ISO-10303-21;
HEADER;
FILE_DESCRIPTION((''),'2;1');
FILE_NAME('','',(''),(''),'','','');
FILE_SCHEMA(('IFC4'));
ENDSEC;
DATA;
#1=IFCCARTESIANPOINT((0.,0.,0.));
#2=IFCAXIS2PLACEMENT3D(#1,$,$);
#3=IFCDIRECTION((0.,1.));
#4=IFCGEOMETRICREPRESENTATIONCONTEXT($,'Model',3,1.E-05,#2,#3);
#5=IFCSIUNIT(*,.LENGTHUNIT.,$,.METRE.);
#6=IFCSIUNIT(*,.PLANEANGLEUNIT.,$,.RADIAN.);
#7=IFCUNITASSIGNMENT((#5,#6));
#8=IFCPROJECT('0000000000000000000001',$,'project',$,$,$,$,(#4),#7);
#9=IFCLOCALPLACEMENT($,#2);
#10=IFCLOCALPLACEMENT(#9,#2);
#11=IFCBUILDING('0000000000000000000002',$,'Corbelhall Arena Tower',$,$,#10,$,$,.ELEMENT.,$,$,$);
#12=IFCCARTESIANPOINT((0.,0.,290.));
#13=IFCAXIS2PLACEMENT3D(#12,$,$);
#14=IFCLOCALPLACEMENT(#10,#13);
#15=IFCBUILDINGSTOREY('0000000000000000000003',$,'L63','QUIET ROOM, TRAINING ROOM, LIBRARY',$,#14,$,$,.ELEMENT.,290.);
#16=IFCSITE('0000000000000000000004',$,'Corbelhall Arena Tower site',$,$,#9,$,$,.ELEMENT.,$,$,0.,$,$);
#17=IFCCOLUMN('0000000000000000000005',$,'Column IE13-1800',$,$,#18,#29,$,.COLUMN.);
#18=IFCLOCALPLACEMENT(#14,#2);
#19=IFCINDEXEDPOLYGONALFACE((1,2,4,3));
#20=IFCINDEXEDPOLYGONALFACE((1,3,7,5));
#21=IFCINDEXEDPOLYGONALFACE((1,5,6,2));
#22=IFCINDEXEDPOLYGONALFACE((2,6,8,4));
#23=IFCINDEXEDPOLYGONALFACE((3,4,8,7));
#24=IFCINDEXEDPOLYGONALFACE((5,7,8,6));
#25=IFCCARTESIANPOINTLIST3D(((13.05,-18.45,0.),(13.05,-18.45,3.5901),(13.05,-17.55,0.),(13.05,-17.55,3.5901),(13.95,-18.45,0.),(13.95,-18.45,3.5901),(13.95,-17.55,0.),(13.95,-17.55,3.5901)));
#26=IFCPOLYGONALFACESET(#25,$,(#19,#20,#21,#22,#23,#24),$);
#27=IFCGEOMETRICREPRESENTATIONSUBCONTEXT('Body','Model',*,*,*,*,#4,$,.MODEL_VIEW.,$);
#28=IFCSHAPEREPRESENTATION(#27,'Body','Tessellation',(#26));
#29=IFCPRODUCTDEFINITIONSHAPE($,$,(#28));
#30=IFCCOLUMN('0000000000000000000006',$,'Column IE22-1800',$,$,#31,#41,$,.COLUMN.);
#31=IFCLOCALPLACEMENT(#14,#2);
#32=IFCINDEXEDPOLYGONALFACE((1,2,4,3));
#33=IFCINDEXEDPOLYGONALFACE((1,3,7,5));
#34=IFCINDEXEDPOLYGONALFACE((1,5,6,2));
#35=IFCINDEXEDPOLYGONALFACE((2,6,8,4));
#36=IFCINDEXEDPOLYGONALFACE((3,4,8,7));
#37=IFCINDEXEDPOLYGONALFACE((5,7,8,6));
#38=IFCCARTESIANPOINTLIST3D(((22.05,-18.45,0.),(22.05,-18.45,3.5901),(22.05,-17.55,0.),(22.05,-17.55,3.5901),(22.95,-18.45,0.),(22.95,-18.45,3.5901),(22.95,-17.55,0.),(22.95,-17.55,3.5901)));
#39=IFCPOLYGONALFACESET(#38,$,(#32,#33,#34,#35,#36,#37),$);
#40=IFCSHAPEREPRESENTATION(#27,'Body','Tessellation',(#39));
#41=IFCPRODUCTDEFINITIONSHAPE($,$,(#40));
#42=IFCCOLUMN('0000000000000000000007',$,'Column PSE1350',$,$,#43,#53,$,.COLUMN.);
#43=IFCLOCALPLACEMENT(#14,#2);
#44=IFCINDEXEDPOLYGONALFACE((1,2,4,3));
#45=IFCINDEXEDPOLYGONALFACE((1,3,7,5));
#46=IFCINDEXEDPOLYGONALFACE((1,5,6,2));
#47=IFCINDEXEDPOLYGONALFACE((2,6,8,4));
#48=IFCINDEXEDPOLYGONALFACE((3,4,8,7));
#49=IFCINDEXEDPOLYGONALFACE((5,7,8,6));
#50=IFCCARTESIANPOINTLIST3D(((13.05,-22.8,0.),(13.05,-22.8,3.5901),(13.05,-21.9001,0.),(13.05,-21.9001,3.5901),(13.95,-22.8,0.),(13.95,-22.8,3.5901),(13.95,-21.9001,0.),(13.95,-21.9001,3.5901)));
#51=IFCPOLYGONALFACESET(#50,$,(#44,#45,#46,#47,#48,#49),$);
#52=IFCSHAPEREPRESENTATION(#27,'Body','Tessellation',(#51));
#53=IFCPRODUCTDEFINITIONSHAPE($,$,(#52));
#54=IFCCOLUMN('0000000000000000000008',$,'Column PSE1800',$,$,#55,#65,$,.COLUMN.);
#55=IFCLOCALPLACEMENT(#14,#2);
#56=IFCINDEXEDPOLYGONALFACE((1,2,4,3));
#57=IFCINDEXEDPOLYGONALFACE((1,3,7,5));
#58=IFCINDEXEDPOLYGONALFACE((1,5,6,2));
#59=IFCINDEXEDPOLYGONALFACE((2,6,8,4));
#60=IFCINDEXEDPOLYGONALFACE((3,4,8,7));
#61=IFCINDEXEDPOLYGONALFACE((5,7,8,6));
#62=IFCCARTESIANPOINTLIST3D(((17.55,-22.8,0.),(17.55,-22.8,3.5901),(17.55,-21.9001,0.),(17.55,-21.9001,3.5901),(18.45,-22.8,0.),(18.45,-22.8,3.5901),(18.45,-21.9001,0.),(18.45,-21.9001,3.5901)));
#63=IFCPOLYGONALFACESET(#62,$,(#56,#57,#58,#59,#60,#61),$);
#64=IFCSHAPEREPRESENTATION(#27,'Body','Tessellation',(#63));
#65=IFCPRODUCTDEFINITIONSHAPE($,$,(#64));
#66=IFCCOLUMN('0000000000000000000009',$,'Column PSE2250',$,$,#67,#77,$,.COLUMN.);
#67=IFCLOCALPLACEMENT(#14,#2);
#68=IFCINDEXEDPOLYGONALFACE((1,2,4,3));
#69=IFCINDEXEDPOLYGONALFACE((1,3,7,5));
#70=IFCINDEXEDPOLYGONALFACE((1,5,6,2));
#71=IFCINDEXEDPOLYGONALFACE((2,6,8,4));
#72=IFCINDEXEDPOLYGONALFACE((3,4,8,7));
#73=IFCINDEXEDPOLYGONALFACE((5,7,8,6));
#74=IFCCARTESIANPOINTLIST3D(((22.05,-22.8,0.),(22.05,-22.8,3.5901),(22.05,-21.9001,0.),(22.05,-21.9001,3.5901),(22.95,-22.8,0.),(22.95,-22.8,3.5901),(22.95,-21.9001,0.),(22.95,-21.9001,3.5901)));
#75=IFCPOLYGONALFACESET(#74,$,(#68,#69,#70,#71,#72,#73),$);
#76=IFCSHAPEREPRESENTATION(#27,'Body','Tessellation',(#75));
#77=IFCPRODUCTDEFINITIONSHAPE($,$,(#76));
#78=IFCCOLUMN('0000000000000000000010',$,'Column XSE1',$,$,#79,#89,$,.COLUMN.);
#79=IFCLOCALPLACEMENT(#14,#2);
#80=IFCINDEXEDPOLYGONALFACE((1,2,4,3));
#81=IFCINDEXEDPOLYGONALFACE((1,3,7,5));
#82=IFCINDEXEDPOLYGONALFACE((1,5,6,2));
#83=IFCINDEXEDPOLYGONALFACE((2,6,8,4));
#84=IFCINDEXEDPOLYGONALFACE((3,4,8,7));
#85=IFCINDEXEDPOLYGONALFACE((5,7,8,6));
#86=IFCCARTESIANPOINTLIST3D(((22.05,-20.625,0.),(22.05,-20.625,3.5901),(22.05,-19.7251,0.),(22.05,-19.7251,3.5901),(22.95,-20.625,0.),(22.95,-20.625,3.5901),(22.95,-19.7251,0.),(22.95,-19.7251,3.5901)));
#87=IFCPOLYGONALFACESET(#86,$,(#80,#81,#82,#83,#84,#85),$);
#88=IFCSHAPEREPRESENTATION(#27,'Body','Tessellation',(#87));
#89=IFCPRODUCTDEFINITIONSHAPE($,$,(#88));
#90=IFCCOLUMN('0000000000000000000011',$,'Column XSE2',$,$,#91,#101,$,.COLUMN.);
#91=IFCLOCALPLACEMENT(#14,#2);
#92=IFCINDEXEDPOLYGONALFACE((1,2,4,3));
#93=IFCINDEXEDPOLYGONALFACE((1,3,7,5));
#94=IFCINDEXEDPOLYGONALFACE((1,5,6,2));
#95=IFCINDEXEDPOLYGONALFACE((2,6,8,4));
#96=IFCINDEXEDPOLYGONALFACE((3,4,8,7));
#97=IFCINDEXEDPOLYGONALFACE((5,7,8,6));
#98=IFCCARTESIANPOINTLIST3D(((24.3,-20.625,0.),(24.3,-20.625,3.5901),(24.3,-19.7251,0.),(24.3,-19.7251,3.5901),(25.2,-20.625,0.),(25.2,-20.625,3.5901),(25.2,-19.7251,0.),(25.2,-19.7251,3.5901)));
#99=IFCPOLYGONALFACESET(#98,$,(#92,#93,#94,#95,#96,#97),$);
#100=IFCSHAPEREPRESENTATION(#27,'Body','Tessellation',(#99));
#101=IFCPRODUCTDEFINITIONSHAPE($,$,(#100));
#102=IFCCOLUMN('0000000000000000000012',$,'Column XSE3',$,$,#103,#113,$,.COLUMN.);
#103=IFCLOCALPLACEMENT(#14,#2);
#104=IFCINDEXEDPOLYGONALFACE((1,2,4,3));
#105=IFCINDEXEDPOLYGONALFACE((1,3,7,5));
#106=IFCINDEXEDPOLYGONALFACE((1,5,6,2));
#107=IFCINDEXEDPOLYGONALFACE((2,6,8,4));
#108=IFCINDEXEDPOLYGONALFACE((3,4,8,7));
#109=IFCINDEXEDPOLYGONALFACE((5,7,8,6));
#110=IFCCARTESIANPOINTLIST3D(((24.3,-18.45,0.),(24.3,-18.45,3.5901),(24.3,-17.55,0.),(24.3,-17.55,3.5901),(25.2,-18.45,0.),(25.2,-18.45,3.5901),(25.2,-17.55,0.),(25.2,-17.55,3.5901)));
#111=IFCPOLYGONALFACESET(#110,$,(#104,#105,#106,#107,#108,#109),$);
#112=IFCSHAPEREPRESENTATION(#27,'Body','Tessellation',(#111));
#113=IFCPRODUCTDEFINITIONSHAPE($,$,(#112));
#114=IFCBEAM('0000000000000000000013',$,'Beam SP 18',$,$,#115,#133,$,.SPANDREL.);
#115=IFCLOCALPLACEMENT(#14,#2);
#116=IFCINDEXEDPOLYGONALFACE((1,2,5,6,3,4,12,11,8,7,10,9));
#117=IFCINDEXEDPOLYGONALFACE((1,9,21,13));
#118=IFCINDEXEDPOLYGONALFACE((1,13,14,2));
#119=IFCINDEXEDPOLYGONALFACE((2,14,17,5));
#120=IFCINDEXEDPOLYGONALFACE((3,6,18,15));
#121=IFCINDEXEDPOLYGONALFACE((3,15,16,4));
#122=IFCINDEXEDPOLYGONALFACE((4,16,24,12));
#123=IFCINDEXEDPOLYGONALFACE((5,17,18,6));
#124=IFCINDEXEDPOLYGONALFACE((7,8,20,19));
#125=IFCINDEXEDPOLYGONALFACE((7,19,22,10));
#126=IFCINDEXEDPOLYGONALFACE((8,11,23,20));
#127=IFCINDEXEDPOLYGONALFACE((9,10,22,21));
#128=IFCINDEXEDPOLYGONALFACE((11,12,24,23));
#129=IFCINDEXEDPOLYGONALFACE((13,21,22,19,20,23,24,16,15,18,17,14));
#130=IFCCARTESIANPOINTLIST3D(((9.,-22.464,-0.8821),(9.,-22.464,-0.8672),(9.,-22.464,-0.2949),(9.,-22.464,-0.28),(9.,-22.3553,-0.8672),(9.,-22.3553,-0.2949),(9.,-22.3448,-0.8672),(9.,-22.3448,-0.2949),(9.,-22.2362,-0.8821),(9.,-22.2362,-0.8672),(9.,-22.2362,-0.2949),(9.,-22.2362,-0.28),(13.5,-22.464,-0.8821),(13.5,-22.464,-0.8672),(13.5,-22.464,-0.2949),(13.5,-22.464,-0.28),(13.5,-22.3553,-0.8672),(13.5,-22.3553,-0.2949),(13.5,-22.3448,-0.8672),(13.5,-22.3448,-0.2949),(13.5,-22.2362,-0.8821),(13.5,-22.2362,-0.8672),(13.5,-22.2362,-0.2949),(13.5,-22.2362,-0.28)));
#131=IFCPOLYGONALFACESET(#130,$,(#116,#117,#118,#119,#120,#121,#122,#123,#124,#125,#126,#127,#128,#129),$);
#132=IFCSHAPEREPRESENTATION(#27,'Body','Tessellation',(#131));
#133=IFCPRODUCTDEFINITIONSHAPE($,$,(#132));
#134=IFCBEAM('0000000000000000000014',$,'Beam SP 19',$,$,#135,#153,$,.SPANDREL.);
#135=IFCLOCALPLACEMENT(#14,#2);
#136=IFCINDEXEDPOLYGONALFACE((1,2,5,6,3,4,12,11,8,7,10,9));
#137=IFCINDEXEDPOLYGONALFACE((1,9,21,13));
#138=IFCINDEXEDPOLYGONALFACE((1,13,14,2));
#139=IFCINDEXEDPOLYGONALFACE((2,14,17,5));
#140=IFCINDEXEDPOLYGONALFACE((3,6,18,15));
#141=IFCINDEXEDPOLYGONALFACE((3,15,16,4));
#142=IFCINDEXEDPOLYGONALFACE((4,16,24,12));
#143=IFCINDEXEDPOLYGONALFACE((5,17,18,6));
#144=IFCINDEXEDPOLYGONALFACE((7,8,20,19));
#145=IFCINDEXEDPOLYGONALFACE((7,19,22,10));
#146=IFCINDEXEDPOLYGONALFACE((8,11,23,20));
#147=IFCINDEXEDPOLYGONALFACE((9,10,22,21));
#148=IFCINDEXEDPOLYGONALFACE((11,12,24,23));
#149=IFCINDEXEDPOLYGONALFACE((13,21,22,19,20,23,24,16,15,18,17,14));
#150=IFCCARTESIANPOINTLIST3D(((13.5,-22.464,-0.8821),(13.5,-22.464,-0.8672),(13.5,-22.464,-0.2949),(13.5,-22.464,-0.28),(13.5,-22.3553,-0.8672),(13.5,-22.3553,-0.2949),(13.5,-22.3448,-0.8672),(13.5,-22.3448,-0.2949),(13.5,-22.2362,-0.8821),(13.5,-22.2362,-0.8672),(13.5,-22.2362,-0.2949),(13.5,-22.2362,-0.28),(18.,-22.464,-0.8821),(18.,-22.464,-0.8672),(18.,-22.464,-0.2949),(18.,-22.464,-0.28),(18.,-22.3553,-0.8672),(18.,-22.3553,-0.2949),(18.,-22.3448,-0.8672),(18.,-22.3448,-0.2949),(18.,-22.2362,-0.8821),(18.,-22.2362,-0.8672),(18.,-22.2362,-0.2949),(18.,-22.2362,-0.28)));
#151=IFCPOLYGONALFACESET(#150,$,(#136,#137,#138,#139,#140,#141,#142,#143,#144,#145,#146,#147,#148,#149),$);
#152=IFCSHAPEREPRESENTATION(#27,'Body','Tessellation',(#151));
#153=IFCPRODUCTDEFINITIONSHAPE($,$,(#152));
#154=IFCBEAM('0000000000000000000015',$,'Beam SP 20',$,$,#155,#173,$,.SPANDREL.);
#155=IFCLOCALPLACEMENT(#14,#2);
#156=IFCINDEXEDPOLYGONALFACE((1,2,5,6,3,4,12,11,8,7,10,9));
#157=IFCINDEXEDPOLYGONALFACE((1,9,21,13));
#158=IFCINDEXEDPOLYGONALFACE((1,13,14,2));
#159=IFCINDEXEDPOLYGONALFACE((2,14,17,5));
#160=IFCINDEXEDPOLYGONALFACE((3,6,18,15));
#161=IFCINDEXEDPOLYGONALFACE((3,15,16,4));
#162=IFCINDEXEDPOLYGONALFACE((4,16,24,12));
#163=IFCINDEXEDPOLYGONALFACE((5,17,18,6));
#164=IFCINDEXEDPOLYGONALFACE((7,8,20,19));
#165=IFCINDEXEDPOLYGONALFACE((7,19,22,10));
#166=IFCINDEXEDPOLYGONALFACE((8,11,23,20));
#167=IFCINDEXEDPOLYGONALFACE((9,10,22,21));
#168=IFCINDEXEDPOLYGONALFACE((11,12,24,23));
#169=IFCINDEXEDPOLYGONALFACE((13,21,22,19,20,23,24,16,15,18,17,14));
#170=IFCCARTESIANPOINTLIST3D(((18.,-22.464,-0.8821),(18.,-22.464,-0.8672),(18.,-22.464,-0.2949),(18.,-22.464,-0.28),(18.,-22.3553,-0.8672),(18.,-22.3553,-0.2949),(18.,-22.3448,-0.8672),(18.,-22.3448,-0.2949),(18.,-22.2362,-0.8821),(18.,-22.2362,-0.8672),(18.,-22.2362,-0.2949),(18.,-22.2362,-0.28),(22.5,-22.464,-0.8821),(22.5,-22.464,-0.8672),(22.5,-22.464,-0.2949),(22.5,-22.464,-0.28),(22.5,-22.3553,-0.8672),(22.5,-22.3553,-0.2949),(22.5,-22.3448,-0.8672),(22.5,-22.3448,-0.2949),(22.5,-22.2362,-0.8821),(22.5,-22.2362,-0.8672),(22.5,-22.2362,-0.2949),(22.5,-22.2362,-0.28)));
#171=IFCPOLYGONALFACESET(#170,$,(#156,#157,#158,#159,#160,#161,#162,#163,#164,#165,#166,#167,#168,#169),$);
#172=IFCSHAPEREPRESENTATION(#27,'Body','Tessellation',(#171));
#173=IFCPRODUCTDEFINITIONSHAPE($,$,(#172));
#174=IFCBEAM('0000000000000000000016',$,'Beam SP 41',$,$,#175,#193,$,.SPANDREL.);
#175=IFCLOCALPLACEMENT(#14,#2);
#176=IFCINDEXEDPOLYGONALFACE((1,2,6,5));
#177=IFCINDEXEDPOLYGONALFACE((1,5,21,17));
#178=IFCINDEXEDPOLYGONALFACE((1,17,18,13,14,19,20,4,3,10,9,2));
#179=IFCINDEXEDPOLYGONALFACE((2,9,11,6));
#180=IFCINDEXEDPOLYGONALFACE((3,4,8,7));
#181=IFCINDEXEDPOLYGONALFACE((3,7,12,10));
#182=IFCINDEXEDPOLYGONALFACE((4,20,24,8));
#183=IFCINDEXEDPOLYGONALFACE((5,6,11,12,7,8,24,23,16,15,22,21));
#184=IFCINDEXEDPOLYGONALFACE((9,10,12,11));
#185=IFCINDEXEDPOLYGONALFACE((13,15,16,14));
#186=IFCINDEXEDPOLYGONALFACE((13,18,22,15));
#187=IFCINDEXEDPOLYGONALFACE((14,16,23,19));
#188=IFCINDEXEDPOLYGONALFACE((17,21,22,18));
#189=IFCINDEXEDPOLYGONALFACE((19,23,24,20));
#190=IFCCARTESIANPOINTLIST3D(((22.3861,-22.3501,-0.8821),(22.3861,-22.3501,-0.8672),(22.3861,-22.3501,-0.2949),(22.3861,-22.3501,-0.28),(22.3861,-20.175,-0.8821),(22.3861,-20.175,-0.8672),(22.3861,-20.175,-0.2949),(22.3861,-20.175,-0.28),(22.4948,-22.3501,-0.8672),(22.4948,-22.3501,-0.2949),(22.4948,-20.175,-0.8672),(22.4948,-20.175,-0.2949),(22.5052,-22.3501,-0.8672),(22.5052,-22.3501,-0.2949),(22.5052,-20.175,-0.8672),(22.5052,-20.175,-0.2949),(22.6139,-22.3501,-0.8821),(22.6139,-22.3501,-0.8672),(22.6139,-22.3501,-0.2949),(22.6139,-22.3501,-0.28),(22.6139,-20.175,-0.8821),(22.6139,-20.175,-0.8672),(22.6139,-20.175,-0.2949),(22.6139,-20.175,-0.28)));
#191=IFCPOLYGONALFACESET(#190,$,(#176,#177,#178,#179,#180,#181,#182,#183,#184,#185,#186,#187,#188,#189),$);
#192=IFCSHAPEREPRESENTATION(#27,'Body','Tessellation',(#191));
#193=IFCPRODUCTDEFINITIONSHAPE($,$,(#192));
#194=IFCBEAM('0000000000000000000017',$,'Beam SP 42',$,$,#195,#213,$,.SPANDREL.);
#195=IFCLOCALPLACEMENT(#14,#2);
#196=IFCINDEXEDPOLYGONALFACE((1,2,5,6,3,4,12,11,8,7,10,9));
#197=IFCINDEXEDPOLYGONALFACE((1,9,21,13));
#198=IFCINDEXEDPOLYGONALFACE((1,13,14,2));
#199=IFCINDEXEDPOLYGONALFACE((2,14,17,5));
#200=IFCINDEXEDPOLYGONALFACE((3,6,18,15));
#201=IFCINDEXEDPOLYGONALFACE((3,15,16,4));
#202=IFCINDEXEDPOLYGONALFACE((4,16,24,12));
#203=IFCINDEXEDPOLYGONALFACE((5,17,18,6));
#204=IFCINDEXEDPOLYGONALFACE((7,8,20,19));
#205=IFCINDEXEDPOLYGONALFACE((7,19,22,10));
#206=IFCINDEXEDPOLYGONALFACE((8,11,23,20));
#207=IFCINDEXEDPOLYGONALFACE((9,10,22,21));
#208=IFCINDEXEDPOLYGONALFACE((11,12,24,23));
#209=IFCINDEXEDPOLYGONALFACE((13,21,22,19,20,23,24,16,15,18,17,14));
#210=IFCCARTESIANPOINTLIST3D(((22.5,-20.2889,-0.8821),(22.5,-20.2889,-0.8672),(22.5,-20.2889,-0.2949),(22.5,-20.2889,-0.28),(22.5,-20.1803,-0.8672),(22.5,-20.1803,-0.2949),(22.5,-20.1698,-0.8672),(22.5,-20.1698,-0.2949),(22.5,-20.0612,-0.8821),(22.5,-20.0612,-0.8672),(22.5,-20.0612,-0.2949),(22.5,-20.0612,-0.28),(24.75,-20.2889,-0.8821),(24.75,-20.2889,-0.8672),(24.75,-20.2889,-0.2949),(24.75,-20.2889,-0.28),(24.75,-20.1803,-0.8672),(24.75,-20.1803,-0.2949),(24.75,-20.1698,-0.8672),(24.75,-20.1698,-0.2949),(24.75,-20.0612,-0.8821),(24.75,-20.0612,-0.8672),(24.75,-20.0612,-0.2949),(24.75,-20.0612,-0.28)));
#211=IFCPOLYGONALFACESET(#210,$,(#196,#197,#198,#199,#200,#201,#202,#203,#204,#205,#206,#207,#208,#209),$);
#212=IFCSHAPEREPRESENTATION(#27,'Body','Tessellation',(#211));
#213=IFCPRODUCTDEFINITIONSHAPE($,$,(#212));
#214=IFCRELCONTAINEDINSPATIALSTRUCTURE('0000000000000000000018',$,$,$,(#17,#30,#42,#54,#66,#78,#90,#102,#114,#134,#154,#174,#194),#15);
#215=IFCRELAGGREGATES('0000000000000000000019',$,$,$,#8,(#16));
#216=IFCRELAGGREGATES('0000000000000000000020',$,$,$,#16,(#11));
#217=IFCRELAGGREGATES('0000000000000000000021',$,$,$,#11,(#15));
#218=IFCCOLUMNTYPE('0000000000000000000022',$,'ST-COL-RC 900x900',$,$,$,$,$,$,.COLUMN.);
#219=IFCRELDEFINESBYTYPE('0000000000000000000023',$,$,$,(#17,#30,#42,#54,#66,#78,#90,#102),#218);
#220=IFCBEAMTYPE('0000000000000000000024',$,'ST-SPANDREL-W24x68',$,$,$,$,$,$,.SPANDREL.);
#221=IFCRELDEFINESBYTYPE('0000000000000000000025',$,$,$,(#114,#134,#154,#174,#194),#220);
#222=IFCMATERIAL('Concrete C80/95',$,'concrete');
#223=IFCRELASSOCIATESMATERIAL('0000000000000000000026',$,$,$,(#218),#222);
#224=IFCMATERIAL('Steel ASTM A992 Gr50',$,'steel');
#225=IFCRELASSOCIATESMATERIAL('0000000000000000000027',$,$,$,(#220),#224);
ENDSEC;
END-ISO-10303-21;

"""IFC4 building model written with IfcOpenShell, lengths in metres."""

from ifc_helpers import new_model, si_unit, direction, frame, origin, origin_2d, place, context, subcontext, project, spatial, rectangle, i_section, extrude, material, material_profile, profile_set, type_object, element, save


model = new_model("IFC4")

# Units and contexts
model_context = context("Model", 3, precision=1e-05, world=origin(), true_north=direction((0.0, 1.0)))
body_context = subcontext(model_context, "Body", "Model", "MODEL_VIEW")
ifc_project = project(units=[si_unit("LENGTHUNIT", "METRE"), si_unit("PLANEANGLEUNIT", "RADIAN")], contexts=[model_context])

# Site, building, storey
site_placement = place(None, origin())
site = spatial("IfcSite", under=ifc_project, at=site_placement, Name="Corbelhall Arena Tower site", CompositionType="ELEMENT", RefElevation=0.0)
building_placement = place(site_placement, origin())
building = spatial("IfcBuilding", under=site, at=building_placement, Name="Corbelhall Arena Tower", CompositionType="ELEMENT")
storey_placement = place(building_placement, frame((0.0, 0.0, 290.0)))
storey = spatial("IfcBuildingStorey", under=building, at=storey_placement, Name="L63", Description="QUIET ROOM, TRAINING ROOM, LIBRARY", CompositionType="ELEMENT", Elevation=290.0)

# Columns
ifc_material_1 = material(Name="Concrete C80/95", Category="concrete")
ifc_material_profile_1 = material_profile(ifc_material_1, rectangle(XDim=0.8999, YDim=0.8999, at=origin_2d()))
ifc_profile_set_1 = profile_set([ifc_material_profile_1], Name="Concrete C80/95")
column_type = type_object("IfcColumnType", Name="ST-COL-RC 900x900", PredefinedType="COLUMN", material=ifc_profile_set_1)
for number, where, z_axis, x_axis, name in (
    (1, (13.5, -18.0, 0.0), (0.0, 0.0, 1.0), (1.0, 0.0, 0.0), "Column IE13-1800"),
    (2, (22.5, -18.0, 0.0), (0.0, 0.0, 1.0), (1.0, 0.0, 0.0), "Column IE22-1800"),
    (3, (13.5, -22.3501, 0.0), (0.0, 0.0, 1.0), (1.0, 0.0, 0.0), "Column PSE1350"),
    (4, (18.0, -22.3501, 0.0), (0.0, 0.0, 1.0), (1.0, 0.0, 0.0), "Column PSE1800"),
    (5, (22.5, -22.3501, 0.0), (0.0, 0.0, 1.0), (1.0, 0.0, 0.0), "Column PSE2250"),
    (6, (22.5, -20.175, 0.0), (0.0, 0.0, 1.0), (1.0, 0.0, 0.0), "Column XSE1"),
    (7, (24.75, -20.175, 0.0), (0.0, 0.0, 1.0), (1.0, 0.0, 0.0), "Column XSE2"),
    (8, (24.75, -18.0, 0.0), (0.0, 0.0, 1.0), (1.0, 0.0, 0.0), "Column XSE3"),
):
    element("IfcColumn", number, at=place(storey_placement, frame(where, z_axis=z_axis, x_axis=x_axis)), inside=storey, type_object=column_type, Name=name, PredefinedType="COLUMN", context=body_context, shape_type="SweptSolid", body=[
        extrude(rectangle(XDim=0.8999, YDim=0.8999, at=origin_2d()), origin(), (0.0, 0.0, 1.0), 3.5901),
    ])

# Beams
ifc_material_2 = material(Name="Steel ASTM A992 Gr50", Category="steel")
ifc_material_profile_2 = material_profile(ifc_material_2, i_section(OverallWidth=0.2278, OverallDepth=0.6021, WebThickness=0.0105, FlangeThickness=0.0149, at=origin_2d()))
ifc_profile_set_2 = profile_set([ifc_material_profile_2], Name="Steel ASTM A992 Gr50")
beam_type = type_object("IfcBeamType", Name="ST-SPANDREL-W24x68", PredefinedType="SPANDREL", material=ifc_profile_set_2)
for number, where, z_axis, x_axis, name in (
    (9, (13.5, -22.3501, -0.5811), (-1.0, 0.0, 0.0), (0.0, -1.0, 0.0), "Beam SP 18"),
    (10, (18.0, -22.3501, -0.5811), (-1.0, 0.0, 0.0), (0.0, -1.0, 0.0), "Beam SP 19"),
    (11, (22.5, -22.3501, -0.5811), (-1.0, 0.0, 0.0), (0.0, -1.0, 0.0), "Beam SP 20"),
):
    element("IfcBeam", number, at=place(storey_placement, frame(where, z_axis=z_axis, x_axis=x_axis)), inside=storey, type_object=beam_type, Name=name, PredefinedType="SPANDREL", context=body_context, shape_type="SweptSolid", body=[
        extrude(i_section(OverallWidth=0.2278, OverallDepth=0.6021, WebThickness=0.0105, FlangeThickness=0.0149, at=origin_2d()), origin(), (0.0, 0.0, 1.0), 4.5),
    ])
beam_1_placement = place(storey_placement, frame((22.5, -20.175, -0.5811), z_axis=(0.0, -1.0, 0.0), x_axis=(1.0, 0.0, 0.0)))
element("IfcBeam", 12, at=beam_1_placement, inside=storey, type_object=beam_type, Name="Beam SP 41", PredefinedType="SPANDREL", context=body_context, shape_type="SweptSolid", body=[
    extrude(i_section(OverallWidth=0.2278, OverallDepth=0.6021, WebThickness=0.0105, FlangeThickness=0.0149, at=origin_2d()), origin(), (0.0, 0.0, 1.0), 2.175),
])
beam_2_placement = place(storey_placement, frame((24.75, -20.175, -0.5811), z_axis=(-1.0, 0.0, 0.0), x_axis=(0.0, -1.0, 0.0)))
element("IfcBeam", 13, at=beam_2_placement, inside=storey, type_object=beam_type, Name="Beam SP 42", PredefinedType="SPANDREL", context=body_context, shape_type="SweptSolid", body=[
    extrude(i_section(OverallWidth=0.2278, OverallDepth=0.6021, WebThickness=0.0105, FlangeThickness=0.0149, at=origin_2d()), origin(), (0.0, 0.0, 1.0), 2.25),
])

save(model, "model.ifc")
